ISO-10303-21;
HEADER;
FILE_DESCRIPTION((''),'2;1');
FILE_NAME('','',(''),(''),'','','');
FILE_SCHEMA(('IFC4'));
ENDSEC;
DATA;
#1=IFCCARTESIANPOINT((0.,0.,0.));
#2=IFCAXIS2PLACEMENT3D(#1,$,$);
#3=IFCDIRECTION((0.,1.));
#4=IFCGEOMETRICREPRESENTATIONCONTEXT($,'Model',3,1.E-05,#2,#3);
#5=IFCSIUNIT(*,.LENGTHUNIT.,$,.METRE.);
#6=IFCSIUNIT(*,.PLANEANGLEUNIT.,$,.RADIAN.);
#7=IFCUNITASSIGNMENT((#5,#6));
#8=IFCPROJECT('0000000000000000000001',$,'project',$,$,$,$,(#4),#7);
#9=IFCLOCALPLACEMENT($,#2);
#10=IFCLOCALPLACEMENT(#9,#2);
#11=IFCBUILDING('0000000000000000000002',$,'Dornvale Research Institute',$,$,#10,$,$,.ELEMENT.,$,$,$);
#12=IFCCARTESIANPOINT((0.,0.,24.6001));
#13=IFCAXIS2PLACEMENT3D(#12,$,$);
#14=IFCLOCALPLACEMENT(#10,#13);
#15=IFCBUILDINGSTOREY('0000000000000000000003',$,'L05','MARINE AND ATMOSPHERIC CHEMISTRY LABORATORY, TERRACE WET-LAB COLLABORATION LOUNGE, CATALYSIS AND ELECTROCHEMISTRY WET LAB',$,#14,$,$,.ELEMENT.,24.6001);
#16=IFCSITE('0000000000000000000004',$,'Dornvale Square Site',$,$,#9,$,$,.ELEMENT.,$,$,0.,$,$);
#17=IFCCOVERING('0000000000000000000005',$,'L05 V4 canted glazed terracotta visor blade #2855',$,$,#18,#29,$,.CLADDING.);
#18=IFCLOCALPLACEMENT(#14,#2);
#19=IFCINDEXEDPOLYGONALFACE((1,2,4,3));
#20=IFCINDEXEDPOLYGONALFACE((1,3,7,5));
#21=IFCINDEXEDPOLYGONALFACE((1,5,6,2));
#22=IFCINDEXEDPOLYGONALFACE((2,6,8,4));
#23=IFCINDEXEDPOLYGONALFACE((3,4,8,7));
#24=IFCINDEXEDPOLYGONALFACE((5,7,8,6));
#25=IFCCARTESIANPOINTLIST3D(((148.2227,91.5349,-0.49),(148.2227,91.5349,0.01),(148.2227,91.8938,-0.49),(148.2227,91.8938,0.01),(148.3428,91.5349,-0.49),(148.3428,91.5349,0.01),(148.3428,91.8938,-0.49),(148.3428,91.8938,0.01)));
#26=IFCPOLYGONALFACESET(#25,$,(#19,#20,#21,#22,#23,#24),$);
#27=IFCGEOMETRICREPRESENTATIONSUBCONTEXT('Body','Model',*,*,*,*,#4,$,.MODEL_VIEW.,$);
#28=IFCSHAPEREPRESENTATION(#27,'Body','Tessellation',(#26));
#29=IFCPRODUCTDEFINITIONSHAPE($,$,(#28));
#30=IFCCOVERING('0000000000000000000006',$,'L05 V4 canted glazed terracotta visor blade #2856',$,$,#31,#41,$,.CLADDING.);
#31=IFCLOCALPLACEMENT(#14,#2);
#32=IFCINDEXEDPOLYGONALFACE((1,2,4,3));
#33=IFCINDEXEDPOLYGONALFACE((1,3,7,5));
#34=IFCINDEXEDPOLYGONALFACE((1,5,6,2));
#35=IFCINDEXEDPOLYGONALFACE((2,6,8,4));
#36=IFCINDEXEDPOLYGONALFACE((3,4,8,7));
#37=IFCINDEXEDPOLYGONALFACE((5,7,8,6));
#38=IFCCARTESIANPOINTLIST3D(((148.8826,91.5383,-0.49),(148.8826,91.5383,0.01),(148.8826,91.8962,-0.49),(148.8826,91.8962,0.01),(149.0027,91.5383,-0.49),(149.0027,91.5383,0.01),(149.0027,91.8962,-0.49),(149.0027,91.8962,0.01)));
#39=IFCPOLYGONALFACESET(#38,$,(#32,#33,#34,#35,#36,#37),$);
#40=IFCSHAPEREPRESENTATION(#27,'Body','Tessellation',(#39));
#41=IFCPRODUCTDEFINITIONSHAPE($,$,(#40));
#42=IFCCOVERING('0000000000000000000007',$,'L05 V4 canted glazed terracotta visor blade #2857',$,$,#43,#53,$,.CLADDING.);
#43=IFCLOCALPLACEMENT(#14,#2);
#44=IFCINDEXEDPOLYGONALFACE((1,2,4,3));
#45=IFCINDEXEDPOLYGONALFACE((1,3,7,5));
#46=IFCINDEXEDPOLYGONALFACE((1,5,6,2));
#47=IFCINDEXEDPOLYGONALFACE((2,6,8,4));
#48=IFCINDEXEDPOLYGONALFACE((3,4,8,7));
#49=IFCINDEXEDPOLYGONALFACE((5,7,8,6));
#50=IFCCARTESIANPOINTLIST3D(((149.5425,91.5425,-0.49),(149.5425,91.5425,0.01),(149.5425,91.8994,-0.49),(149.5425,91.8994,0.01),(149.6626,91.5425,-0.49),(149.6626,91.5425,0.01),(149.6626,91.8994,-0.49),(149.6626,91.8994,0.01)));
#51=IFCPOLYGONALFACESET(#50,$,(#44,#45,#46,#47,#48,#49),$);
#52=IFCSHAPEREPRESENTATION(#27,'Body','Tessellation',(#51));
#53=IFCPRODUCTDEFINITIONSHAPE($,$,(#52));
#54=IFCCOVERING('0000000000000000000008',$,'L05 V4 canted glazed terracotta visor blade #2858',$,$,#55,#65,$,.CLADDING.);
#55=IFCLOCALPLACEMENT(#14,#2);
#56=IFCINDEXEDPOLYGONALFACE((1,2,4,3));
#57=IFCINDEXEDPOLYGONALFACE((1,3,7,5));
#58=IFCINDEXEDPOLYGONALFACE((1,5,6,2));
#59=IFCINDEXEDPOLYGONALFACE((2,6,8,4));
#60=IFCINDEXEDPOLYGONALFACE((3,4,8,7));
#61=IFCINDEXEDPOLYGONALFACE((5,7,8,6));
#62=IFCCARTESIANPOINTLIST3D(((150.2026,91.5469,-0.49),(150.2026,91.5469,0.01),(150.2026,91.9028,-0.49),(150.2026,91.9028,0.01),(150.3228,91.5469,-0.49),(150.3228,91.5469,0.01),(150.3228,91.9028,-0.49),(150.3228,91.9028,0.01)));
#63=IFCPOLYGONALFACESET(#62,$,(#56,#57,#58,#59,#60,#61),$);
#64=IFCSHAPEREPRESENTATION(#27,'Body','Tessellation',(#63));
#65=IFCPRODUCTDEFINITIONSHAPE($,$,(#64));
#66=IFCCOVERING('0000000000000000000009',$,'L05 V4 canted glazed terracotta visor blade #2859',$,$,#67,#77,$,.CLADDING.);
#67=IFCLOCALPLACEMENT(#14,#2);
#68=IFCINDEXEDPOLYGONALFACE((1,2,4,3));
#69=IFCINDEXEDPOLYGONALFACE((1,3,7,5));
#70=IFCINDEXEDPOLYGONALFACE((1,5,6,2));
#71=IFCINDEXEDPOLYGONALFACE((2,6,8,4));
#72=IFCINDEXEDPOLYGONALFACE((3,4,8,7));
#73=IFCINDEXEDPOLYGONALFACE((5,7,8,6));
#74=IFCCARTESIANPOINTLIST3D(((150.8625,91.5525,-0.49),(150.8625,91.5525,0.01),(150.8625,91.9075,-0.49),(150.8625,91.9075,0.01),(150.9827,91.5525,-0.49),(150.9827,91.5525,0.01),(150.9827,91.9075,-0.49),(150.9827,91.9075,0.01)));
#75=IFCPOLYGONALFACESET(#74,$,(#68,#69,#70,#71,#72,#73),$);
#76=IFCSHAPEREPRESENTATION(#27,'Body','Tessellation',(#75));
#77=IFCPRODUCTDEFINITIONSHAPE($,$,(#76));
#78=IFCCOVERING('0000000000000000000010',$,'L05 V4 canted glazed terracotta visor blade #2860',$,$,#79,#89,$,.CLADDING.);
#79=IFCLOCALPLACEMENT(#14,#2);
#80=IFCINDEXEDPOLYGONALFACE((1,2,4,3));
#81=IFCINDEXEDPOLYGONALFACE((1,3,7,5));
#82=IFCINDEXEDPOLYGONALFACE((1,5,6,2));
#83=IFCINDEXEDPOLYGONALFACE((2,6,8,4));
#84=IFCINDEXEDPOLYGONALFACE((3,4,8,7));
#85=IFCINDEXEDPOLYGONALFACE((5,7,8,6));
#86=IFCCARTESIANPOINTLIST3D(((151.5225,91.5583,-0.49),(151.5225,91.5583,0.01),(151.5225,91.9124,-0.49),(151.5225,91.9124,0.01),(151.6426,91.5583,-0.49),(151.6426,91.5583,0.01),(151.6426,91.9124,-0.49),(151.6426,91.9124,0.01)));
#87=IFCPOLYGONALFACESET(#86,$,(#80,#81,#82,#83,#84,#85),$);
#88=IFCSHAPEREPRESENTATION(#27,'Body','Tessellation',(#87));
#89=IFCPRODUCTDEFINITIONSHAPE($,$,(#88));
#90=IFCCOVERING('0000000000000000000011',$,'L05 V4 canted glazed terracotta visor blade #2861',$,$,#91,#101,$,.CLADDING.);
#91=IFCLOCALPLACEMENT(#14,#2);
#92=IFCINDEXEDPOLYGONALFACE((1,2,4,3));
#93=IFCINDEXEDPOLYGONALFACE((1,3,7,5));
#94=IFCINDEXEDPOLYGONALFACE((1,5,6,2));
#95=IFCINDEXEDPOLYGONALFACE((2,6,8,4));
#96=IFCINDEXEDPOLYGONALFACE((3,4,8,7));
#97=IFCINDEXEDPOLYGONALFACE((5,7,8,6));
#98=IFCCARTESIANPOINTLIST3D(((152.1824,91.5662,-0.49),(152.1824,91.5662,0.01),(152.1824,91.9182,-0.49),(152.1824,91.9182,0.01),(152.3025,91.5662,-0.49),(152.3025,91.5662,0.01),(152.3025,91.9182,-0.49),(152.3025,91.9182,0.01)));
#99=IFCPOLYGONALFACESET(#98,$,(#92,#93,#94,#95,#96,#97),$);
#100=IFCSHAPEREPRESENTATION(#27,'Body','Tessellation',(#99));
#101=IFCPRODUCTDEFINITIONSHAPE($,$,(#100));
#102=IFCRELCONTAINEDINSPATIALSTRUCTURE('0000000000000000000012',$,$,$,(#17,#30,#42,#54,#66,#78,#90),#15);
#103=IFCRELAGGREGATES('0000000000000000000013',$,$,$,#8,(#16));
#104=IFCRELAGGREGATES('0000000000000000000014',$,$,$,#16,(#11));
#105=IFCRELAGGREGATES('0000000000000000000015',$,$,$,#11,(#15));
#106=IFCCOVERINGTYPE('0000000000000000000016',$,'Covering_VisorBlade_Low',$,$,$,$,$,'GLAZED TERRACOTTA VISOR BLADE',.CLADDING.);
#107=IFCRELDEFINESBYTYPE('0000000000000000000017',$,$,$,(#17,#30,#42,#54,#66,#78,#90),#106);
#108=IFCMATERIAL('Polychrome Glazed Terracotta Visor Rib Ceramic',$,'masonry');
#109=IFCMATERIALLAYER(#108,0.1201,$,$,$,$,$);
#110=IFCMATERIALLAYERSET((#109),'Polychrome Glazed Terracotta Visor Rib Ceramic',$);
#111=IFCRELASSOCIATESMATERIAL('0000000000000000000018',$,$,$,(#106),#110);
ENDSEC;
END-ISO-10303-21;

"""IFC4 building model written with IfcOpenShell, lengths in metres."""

from ifc_helpers import new_model, si_unit, direction, frame, origin, origin_2d, place, context, subcontext, project, spatial, rectangle, extrude, material, layer, layer_set, type_object, element, save


model = new_model("IFC4")

# Units and contexts
model_context = context("Model", 3, precision=1e-05, world=origin(), true_north=direction((0.0, 1.0)))
body_context = subcontext(model_context, "Body", "Model", "MODEL_VIEW")
ifc_project = project(units=[si_unit("LENGTHUNIT", "METRE"), si_unit("PLANEANGLEUNIT", "RADIAN")], contexts=[model_context])

# Site, building, storey
site_placement = place(None, origin())
site = spatial("IfcSite", under=ifc_project, at=site_placement, Name="Dornvale Square Site", CompositionType="ELEMENT", RefElevation=0.0)
building_placement = place(site_placement, origin())
building = spatial("IfcBuilding", under=site, at=building_placement, Name="Dornvale Research Institute", CompositionType="ELEMENT")
storey_placement = place(building_placement, frame((0.0, 0.0, 24.6001)))
storey = spatial("IfcBuildingStorey", under=building, at=storey_placement, Name="L05", Description="MARINE AND ATMOSPHERIC CHEMISTRY LABORATORY, TERRACE WET-LAB COLLABORATION LOUNGE, CATALYSIS AND ELECTROCHEMISTRY WET LAB", CompositionType="ELEMENT", Elevation=24.6001)

# Coverings
ifc_material_1 = material(Name="Polychrome Glazed Terracotta Visor Rib Ceramic", Category="masonry")
ifc_layer_1 = layer(ifc_material_1, 0.1201)
ifc_layer_set_1 = layer_set([ifc_layer_1], Name="Polychrome Glazed Terracotta Visor Rib Ceramic")
covering_type = type_object("IfcCoveringType", Name="Covering_VisorBlade_Low", ElementType="GLAZED TERRACOTTA VISOR BLADE", PredefinedType="CLADDING", material=ifc_layer_set_1)
covering_1_placement = place(storey_placement, frame((148.2827, 91.7144, -0.49), z_axis=(0.0, 0.0, 1.0), x_axis=(0.0, 1.0, 0.0)))
element("IfcCovering", 1, at=covering_1_placement, inside=storey, type_object=covering_type, Name="L05 V4 canted glazed terracotta visor blade #2855", PredefinedType="CLADDING", context=body_context, shape_type="SweptSolid", body=[
    extrude(rectangle(XDim=0.3589, YDim=0.1201, at=origin_2d()), origin(), (0.0, 0.0, 1.0), 0.5),
])
covering_2_placement = place(storey_placement, frame((148.9426, 91.7173, -0.49), z_axis=(0.0, 0.0, 1.0), x_axis=(0.0, 1.0, 0.0)))
element("IfcCovering", 2, at=covering_2_placement, inside=storey, type_object=covering_type, Name="L05 V4 canted glazed terracotta visor blade #2856", PredefinedType="CLADDING", context=body_context, shape_type="SweptSolid", body=[
    extrude(rectangle(XDim=0.3579, YDim=0.1201, at=origin_2d()), origin(), (0.0, 0.0, 1.0), 0.5),
])
covering_3_placement = place(storey_placement, frame((149.6025, 91.7209, -0.49), z_axis=(0.0, 0.0, 1.0), x_axis=(0.0, 1.0, 0.0)))
element("IfcCovering", 3, at=covering_3_placement, inside=storey, type_object=covering_type, Name="L05 V4 canted glazed terracotta visor blade #2857", PredefinedType="CLADDING", context=body_context, shape_type="SweptSolid", body=[
    extrude(rectangle(XDim=0.3569, YDim=0.1201, at=origin_2d()), origin(), (0.0, 0.0, 1.0), 0.5),
])
covering_4_placement = place(storey_placement, frame((150.2627, 91.7249, -0.49), z_axis=(0.0, 0.0, 1.0), x_axis=(0.0, 1.0, 0.0)))
element("IfcCovering", 4, at=covering_4_placement, inside=storey, type_object=covering_type, Name="L05 V4 canted glazed terracotta visor blade #2858", PredefinedType="CLADDING", context=body_context, shape_type="SweptSolid", body=[
    extrude(rectangle(XDim=0.356, YDim=0.1201, at=origin_2d()), origin(), (0.0, 0.0, 1.0), 0.5),
])
covering_5_placement = place(storey_placement, frame((150.9226, 91.73, -0.49), z_axis=(0.0, 0.0, 1.0), x_axis=(0.0, 1.0, 0.0)))
element("IfcCovering", 5, at=covering_5_placement, inside=storey, type_object=covering_type, Name="L05 V4 canted glazed terracotta visor blade #2859", PredefinedType="CLADDING", context=body_context, shape_type="SweptSolid", body=[
    extrude(rectangle(XDim=0.355, YDim=0.1201, at=origin_2d()), origin(), (0.0, 0.0, 1.0), 0.5),
])
covering_6_placement = place(storey_placement, frame((151.5825, 91.7354, -0.49), z_axis=(0.0, 0.0, 1.0), x_axis=(0.0, 1.0, 0.0)))
element("IfcCovering", 6, at=covering_6_placement, inside=storey, type_object=covering_type, Name="L05 V4 canted glazed terracotta visor blade #2860", PredefinedType="CLADDING", context=body_context, shape_type="SweptSolid", body=[
    extrude(rectangle(XDim=0.354, YDim=0.1201, at=origin_2d()), origin(), (0.0, 0.0, 1.0), 0.5),
])
covering_7_placement = place(storey_placement, frame((152.2424, 91.7422, -0.49), z_axis=(0.0, 0.0, 1.0), x_axis=(0.0, 1.0, 0.0)))
element("IfcCovering", 7, at=covering_7_placement, inside=storey, type_object=covering_type, Name="L05 V4 canted glazed terracotta visor blade #2861", PredefinedType="CLADDING", context=body_context, shape_type="SweptSolid", body=[
    extrude(rectangle(XDim=0.3521, YDim=0.1201, at=origin_2d()), origin(), (0.0, 0.0, 1.0), 0.5),
])

save(model, "model.ifc")
